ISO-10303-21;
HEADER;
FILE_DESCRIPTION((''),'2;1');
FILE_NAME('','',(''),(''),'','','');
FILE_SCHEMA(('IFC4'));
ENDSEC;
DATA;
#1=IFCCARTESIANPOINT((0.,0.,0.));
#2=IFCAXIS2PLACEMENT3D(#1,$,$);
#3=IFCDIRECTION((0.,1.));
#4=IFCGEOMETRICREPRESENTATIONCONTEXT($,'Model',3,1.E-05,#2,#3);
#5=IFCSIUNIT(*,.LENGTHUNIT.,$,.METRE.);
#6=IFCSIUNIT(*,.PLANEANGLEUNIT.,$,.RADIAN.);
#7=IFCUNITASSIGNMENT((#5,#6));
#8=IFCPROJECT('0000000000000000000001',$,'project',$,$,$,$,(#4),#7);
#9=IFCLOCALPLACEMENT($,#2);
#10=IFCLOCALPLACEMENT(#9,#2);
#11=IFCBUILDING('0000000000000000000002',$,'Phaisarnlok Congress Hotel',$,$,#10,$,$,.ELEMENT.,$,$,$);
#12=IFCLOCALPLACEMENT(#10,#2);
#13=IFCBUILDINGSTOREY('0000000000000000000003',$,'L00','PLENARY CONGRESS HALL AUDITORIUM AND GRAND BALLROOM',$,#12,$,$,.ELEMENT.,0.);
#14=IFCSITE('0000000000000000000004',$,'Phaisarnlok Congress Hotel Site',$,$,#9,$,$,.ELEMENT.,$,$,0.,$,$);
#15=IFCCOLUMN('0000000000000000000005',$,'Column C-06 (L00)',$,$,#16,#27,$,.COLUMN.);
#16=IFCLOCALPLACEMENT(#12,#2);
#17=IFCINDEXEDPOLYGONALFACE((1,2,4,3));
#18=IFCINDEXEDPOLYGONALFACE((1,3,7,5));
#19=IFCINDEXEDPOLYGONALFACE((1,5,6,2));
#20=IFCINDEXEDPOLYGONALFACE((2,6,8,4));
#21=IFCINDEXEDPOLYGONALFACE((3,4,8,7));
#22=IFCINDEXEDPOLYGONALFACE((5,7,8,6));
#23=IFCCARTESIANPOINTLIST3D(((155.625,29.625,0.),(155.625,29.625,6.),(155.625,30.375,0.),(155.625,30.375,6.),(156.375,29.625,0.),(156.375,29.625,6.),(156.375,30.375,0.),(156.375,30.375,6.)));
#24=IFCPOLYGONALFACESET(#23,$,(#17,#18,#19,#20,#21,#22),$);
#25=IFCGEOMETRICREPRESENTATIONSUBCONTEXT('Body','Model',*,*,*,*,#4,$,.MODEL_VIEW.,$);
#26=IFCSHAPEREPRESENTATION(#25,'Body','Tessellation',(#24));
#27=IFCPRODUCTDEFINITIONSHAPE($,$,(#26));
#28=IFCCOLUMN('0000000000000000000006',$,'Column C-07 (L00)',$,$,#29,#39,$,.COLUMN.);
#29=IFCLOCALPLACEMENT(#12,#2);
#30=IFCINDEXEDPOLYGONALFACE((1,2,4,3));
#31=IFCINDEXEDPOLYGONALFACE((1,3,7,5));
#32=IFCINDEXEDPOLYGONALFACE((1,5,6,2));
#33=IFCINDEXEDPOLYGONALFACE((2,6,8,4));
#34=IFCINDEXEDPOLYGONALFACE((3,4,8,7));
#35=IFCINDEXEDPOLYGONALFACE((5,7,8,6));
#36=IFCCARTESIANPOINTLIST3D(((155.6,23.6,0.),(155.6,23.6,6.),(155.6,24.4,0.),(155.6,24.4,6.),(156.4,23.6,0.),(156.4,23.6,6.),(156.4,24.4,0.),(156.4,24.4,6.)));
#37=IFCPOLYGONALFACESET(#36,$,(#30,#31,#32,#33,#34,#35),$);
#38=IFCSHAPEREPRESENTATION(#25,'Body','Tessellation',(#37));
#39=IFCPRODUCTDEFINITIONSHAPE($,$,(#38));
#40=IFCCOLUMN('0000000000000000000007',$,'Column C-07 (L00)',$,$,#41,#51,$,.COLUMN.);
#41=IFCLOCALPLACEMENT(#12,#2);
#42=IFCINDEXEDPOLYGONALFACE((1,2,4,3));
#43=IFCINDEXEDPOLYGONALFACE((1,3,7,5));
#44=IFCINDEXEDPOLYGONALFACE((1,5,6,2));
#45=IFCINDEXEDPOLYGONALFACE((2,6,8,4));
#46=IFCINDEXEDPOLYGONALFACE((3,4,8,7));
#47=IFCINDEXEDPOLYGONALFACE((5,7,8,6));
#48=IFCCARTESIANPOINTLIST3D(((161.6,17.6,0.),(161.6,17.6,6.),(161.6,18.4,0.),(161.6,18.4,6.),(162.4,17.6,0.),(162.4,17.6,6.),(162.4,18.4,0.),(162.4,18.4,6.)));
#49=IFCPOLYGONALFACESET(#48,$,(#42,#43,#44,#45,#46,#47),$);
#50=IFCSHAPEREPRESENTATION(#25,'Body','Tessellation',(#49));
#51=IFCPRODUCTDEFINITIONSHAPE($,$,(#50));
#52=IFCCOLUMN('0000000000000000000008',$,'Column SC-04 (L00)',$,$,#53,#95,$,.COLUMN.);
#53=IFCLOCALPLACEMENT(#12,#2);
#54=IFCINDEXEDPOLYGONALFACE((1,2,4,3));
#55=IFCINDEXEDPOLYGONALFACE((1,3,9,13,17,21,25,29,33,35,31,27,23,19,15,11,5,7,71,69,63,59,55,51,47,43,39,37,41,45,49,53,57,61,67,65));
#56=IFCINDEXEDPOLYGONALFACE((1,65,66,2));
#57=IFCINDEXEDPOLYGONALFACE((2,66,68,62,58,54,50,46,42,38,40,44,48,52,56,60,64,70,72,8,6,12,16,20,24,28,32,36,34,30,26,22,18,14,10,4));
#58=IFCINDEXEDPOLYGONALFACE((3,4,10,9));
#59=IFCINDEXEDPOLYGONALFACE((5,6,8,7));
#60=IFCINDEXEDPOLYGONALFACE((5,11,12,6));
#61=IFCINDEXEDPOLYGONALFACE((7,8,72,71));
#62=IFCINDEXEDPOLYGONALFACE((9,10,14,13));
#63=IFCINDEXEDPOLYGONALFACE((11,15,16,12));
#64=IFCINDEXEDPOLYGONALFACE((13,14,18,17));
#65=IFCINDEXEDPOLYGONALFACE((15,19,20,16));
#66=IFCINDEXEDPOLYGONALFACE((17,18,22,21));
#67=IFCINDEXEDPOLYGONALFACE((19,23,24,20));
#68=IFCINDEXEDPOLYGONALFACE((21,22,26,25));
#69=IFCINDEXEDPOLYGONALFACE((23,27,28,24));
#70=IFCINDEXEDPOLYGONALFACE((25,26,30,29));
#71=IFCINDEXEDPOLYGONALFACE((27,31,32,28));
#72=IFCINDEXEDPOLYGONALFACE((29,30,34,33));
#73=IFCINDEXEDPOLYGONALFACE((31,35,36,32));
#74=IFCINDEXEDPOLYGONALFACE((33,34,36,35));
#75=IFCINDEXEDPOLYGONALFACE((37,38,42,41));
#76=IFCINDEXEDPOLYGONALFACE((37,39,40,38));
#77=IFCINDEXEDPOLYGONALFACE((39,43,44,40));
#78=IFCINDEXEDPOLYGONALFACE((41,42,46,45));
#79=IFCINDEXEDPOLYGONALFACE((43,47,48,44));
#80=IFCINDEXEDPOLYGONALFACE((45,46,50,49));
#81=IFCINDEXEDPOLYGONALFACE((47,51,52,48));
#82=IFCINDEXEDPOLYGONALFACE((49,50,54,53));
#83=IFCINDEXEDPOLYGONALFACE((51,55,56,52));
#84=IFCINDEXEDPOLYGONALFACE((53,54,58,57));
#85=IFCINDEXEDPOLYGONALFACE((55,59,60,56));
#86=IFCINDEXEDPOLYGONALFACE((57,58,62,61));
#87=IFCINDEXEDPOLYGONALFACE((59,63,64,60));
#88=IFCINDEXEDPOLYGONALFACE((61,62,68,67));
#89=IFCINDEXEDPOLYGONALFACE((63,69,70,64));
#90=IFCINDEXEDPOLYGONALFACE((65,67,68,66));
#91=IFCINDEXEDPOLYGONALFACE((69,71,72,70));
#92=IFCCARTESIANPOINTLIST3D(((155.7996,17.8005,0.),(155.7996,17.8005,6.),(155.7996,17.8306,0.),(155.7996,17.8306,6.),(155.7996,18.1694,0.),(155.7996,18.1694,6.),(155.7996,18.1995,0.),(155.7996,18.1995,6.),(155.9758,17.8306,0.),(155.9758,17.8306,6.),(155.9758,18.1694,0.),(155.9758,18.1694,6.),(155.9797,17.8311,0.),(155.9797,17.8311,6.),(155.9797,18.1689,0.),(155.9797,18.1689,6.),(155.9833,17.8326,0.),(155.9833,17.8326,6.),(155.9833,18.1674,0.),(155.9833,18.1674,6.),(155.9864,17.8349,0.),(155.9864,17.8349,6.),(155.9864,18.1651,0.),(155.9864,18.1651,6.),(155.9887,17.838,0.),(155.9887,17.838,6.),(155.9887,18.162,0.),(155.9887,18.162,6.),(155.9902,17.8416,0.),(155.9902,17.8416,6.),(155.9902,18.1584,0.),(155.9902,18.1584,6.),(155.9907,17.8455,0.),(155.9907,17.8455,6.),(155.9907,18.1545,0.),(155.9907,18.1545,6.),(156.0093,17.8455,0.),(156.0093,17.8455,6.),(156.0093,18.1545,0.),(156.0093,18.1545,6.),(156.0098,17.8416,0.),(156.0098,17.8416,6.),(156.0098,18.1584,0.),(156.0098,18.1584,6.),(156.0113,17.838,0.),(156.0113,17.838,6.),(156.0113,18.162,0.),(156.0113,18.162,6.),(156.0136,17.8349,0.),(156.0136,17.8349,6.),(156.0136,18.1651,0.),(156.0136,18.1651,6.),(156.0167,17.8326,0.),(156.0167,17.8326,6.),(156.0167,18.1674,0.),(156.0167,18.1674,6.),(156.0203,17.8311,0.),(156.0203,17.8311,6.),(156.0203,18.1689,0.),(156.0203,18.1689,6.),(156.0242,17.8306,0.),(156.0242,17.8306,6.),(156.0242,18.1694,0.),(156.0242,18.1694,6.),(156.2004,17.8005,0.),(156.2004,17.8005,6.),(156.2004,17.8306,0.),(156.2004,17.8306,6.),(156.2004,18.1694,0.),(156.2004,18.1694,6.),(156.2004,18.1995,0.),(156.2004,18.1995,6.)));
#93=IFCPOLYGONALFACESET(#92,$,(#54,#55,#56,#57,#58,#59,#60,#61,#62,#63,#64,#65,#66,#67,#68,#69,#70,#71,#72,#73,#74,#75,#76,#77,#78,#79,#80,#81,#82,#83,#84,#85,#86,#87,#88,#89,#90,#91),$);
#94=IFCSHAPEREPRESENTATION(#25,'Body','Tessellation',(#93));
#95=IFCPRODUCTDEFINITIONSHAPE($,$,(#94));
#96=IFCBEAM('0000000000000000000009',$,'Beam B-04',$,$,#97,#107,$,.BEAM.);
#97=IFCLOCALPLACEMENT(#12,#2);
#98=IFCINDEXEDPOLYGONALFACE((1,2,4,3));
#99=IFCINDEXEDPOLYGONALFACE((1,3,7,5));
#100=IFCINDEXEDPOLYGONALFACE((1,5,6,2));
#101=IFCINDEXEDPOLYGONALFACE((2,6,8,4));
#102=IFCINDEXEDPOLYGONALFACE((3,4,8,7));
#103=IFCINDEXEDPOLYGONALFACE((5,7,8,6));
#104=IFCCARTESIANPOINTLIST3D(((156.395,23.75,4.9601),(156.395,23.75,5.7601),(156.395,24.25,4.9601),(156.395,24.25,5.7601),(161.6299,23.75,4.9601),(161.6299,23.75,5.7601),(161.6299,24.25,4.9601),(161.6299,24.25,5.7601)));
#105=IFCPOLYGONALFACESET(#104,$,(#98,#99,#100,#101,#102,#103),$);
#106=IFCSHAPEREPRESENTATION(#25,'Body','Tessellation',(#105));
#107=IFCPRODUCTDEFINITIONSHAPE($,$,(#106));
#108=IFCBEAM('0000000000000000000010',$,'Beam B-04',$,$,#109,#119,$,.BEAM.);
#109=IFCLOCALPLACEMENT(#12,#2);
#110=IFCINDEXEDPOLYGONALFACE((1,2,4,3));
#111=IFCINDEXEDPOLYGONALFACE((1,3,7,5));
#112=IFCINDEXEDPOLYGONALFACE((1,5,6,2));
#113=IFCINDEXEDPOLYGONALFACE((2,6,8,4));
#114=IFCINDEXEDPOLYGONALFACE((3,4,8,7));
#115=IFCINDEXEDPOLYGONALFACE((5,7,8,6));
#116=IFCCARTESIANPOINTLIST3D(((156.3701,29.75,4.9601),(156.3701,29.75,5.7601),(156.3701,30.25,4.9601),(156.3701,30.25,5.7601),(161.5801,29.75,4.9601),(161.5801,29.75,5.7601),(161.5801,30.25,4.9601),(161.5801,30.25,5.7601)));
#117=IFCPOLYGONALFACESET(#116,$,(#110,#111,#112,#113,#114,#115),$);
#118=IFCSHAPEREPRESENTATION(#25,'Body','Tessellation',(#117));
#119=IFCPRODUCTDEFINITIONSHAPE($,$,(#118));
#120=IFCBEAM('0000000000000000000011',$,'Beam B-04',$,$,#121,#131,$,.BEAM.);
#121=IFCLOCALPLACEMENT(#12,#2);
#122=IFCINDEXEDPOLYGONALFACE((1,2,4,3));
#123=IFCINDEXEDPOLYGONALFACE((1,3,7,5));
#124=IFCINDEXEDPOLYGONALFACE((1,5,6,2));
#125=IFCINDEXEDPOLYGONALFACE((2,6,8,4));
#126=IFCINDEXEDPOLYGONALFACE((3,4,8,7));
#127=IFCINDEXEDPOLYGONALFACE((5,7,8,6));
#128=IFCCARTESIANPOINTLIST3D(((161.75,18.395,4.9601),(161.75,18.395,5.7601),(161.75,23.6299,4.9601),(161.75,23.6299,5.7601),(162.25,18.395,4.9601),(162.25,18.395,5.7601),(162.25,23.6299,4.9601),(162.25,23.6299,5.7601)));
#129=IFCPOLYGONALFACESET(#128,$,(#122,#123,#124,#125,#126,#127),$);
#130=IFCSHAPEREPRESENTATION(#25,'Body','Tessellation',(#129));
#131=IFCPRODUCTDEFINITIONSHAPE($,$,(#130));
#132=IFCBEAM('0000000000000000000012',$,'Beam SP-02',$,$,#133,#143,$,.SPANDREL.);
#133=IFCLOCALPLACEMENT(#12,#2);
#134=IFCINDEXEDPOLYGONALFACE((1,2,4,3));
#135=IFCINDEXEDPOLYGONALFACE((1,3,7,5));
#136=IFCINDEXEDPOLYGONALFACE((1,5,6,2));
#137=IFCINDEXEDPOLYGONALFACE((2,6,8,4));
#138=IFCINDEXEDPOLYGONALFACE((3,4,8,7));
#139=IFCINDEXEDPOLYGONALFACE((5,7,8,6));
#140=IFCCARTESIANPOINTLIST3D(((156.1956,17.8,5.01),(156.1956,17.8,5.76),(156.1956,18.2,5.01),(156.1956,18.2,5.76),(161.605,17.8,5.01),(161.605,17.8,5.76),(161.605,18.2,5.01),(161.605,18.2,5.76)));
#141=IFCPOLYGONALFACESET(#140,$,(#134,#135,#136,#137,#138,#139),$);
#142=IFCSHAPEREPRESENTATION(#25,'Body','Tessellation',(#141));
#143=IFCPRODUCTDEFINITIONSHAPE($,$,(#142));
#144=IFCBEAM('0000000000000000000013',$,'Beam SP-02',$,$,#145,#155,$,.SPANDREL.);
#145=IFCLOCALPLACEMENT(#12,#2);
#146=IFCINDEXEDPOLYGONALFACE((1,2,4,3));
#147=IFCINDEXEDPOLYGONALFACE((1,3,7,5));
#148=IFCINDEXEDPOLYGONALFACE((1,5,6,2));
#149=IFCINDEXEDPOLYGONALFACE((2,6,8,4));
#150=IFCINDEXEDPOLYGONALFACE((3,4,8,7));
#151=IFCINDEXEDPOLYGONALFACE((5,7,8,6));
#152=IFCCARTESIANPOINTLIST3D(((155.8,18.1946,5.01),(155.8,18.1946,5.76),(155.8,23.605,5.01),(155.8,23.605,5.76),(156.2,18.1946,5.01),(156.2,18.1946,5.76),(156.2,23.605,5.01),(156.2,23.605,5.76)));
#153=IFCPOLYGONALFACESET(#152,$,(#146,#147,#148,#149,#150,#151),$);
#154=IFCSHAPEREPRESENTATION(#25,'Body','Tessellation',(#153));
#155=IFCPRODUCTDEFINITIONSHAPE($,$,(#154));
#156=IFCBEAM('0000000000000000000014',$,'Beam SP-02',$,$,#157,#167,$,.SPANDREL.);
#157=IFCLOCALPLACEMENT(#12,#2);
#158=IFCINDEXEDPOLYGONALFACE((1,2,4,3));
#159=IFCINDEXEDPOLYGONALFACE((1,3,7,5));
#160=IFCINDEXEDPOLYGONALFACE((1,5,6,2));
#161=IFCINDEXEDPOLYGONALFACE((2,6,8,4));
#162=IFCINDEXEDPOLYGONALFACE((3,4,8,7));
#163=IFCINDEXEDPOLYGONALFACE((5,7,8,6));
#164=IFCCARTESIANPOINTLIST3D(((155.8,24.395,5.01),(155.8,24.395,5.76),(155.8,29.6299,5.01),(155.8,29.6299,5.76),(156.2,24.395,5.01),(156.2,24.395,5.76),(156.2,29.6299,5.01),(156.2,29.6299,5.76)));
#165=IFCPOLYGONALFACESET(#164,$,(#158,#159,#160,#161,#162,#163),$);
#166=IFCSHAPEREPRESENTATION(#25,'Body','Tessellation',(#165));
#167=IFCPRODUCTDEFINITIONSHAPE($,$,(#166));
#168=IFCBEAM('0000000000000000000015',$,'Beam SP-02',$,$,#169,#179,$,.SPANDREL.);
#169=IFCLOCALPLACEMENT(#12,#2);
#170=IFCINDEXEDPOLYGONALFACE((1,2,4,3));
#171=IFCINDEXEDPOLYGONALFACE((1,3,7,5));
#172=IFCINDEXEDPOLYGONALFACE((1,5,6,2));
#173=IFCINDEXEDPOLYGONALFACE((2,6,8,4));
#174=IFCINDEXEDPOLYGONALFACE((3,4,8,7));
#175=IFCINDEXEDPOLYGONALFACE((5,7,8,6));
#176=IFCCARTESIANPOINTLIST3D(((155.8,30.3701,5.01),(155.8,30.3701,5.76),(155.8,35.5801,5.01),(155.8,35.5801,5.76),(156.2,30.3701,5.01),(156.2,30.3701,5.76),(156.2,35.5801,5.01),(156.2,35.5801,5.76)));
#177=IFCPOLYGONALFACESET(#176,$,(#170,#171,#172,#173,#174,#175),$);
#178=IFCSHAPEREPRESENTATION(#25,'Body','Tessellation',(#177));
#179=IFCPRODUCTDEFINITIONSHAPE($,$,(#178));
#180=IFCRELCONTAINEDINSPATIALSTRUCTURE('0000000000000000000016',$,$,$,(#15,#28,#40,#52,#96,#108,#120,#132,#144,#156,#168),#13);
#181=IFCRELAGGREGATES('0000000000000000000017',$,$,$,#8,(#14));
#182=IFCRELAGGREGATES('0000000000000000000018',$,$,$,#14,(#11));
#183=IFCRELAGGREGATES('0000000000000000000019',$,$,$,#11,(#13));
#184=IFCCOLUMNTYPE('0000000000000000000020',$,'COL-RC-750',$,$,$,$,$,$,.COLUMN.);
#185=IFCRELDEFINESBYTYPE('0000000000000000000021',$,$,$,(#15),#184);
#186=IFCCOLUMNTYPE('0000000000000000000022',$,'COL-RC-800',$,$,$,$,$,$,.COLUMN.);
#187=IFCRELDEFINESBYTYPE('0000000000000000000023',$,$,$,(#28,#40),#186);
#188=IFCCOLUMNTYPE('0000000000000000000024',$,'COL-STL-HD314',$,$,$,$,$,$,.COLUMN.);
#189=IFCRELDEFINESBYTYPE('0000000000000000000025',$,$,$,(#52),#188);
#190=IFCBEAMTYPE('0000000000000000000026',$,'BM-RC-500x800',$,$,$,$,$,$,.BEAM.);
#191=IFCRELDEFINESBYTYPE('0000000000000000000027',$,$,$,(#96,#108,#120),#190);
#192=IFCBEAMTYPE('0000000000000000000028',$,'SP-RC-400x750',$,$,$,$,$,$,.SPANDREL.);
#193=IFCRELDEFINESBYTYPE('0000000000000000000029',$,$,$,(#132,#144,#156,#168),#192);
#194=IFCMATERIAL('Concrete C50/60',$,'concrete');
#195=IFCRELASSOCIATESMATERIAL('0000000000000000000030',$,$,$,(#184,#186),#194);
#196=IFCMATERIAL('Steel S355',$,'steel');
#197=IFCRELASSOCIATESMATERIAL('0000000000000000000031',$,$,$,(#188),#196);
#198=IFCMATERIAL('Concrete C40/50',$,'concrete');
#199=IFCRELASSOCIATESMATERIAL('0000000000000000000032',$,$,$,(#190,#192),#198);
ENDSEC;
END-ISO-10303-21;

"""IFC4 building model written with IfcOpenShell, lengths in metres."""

from ifc_helpers import new_model, si_unit, direction, frame, origin, origin_2d, place, context, subcontext, project, spatial, rectangle, i_section, extrude, material, material_profile, profile_set, type_object, element, save


model = new_model("IFC4")

# Units and contexts
model_context = context("Model", 3, precision=1e-05, world=origin(), true_north=direction((0.0, 1.0)))
body_context = subcontext(model_context, "Body", "Model", "MODEL_VIEW")
ifc_project = project(units=[si_unit("LENGTHUNIT", "METRE"), si_unit("PLANEANGLEUNIT", "RADIAN")], contexts=[model_context])

# Site, building, storey
site_placement = place(None, origin())
site = spatial("IfcSite", under=ifc_project, at=site_placement, Name="Phaisarnlok Congress Hotel Site", CompositionType="ELEMENT", RefElevation=0.0)
building_placement = place(site_placement, origin())
building = spatial("IfcBuilding", under=site, at=building_placement, Name="Phaisarnlok Congress Hotel", CompositionType="ELEMENT")
storey_placement = place(building_placement, origin())
storey = spatial("IfcBuildingStorey", under=building, at=storey_placement, Name="L00", Description="PLENARY CONGRESS HALL AUDITORIUM AND GRAND BALLROOM", CompositionType="ELEMENT", Elevation=0.0)

# Columns
ifc_material_1 = material(Name="Concrete C50/60", Category="concrete")
ifc_material_profile_1 = material_profile(ifc_material_1, rectangle(XDim=0.75, YDim=0.75, at=origin_2d()), Name="RC 750x750")
ifc_profile_set_1 = profile_set([ifc_material_profile_1], Name="Concrete C50/60")
column_type_1 = type_object("IfcColumnType", Name="COL-RC-750", PredefinedType="COLUMN", material=ifc_profile_set_1)
column_1_placement = place(storey_placement, frame((156.0, 30.0, 0.0), z_axis=(0.0, 0.0, 1.0), x_axis=(1.0, 0.0, 0.0)))
element("IfcColumn", 1, at=column_1_placement, inside=storey, type_object=column_type_1, Name="Column C-06 (L00)", PredefinedType="COLUMN", context=body_context, shape_type="SweptSolid", body=[
    extrude(rectangle(XDim=0.75, YDim=0.75, at=origin_2d()), origin(), (0.0, 0.0, 1.0), 6.0),
])
ifc_material_profile_2 = material_profile(ifc_material_1, rectangle(XDim=0.8, YDim=0.8, at=origin_2d()), Name="RC 800x800")
ifc_profile_set_2 = profile_set([ifc_material_profile_2], Name="Concrete C50/60")
column_type_2 = type_object("IfcColumnType", Name="COL-RC-800", PredefinedType="COLUMN", material=ifc_profile_set_2)
for number, where, z_axis, x_axis, name in (
    (2, (156.0, 24.0, 0.0), (0.0, 0.0, 1.0), (1.0, 0.0, 0.0), "Column C-07 (L00)"),
    (3, (162.0, 18.0, 0.0), (0.0, 0.0, 1.0), (1.0, 0.0, 0.0), "Column C-07 (L00)"),
):
    element("IfcColumn", number, at=place(storey_placement, frame(where, z_axis=z_axis, x_axis=x_axis)), inside=storey, type_object=column_type_2, Name=name, PredefinedType="COLUMN", context=body_context, shape_type="SweptSolid", body=[
        extrude(rectangle(XDim=0.8, YDim=0.8, at=origin_2d()), origin(), (0.0, 0.0, 1.0), 6.0),
    ])
ifc_material_2 = material(Name="Steel S355", Category="steel")
ifc_material_profile_3 = material_profile(ifc_material_2, i_section(OverallWidth=0.4009, OverallDepth=0.3989, WebThickness=0.0186, FlangeThickness=0.03, FilletRadius=0.0149, at=origin_2d()), Name="HD 400x314")
ifc_profile_set_3 = profile_set([ifc_material_profile_3], Name="Steel S355")
column_type_3 = type_object("IfcColumnType", Name="COL-STL-HD314", PredefinedType="COLUMN", material=ifc_profile_set_3)
column_2_placement = place(storey_placement, frame((156.0, 18.0, 0.0), z_axis=(0.0, 0.0, 1.0), x_axis=(1.0, 0.0, 0.0)))
element("IfcColumn", 4, at=column_2_placement, inside=storey, type_object=column_type_3, Name="Column SC-04 (L00)", PredefinedType="COLUMN", context=body_context, shape_type="SweptSolid", body=[
    extrude(i_section(OverallWidth=0.4009, OverallDepth=0.3989, WebThickness=0.0186, FlangeThickness=0.03, FilletRadius=0.0149, at=origin_2d()), origin(), (0.0, 0.0, 1.0), 6.0),
])

# Beams
ifc_material_3 = material(Name="Concrete C40/50", Category="concrete")
ifc_material_profile_4 = material_profile(ifc_material_3, rectangle(XDim=0.5, YDim=0.8, at=origin_2d()), Name="RC 500x800")
ifc_profile_set_4 = profile_set([ifc_material_profile_4], Name="Concrete C40/50")
beam_type_1 = type_object("IfcBeamType", Name="BM-RC-500x800", PredefinedType="BEAM", material=ifc_profile_set_4)
beam_1_placement = place(storey_placement, frame((156.395, 24.0, 5.3601), z_axis=(1.0, 0.0, 0.0), x_axis=(0.0, 1.0, 0.0)))
element("IfcBeam", 5, at=beam_1_placement, inside=storey, type_object=beam_type_1, Name="Beam B-04", PredefinedType="BEAM", context=body_context, shape_type="SweptSolid", body=[
    extrude(rectangle(XDim=0.5, YDim=0.8, at=origin_2d()), origin(), (0.0, 0.0, 1.0), 5.2349),
])
beam_2_placement = place(storey_placement, frame((156.3701, 30.0, 5.3601), z_axis=(1.0, 0.0, 0.0), x_axis=(0.0, 1.0, 0.0)))
element("IfcBeam", 6, at=beam_2_placement, inside=storey, type_object=beam_type_1, Name="Beam B-04", PredefinedType="BEAM", context=body_context, shape_type="SweptSolid", body=[
    extrude(rectangle(XDim=0.5, YDim=0.8, at=origin_2d()), origin(), (0.0, 0.0, 1.0), 5.21),
])
beam_3_placement = place(storey_placement, frame((162.0, 18.395, 5.3601), z_axis=(0.0, 1.0, 0.0), x_axis=(-1.0, 0.0, 0.0)))
element("IfcBeam", 7, at=beam_3_placement, inside=storey, type_object=beam_type_1, Name="Beam B-04", PredefinedType="BEAM", context=body_context, shape_type="SweptSolid", body=[
    extrude(rectangle(XDim=0.5, YDim=0.8, at=origin_2d()), origin(), (0.0, 0.0, 1.0), 5.2349),
])
ifc_material_profile_5 = material_profile(ifc_material_3, rectangle(XDim=0.3999, YDim=0.75, at=origin_2d()), Name="RC 400x750")
ifc_profile_set_5 = profile_set([ifc_material_profile_5], Name="Concrete C40/50")
beam_type_2 = type_object("IfcBeamType", Name="SP-RC-400x750", PredefinedType="SPANDREL", material=ifc_profile_set_5)
beam_4_placement = place(storey_placement, frame((156.1956, 18.0, 5.385), z_axis=(1.0, 0.0, 0.0), x_axis=(0.0, 1.0, 0.0)))
element("IfcBeam", 8, at=beam_4_placement, inside=storey, type_object=beam_type_2, Name="Beam SP-02", PredefinedType="SPANDREL", context=body_context, shape_type="SweptSolid", body=[
    extrude(rectangle(XDim=0.3999, YDim=0.75, at=origin_2d()), origin(), (0.0, 0.0, 1.0), 5.4094),
])
beam_5_placement = place(storey_placement, frame((156.0, 18.1946, 5.385), z_axis=(0.0, 1.0, 0.0), x_axis=(-1.0, 0.0, 0.0)))
element("IfcBeam", 9, at=beam_5_placement, inside=storey, type_object=beam_type_2, Name="Beam SP-02", PredefinedType="SPANDREL", context=body_context, shape_type="SweptSolid", body=[
    extrude(rectangle(XDim=0.3999, YDim=0.75, at=origin_2d()), origin(), (0.0, 0.0, 1.0), 5.4104),
])
beam_6_placement = place(storey_placement, frame((156.0, 24.395, 5.385), z_axis=(0.0, 1.0, 0.0), x_axis=(-1.0, 0.0, 0.0)))
element("IfcBeam", 10, at=beam_6_placement, inside=storey, type_object=beam_type_2, Name="Beam SP-02", PredefinedType="SPANDREL", context=body_context, shape_type="SweptSolid", body=[
    extrude(rectangle(XDim=0.3999, YDim=0.75, at=origin_2d()), origin(), (0.0, 0.0, 1.0), 5.2349),
])
beam_7_placement = place(storey_placement, frame((156.0, 30.3701, 5.385), z_axis=(0.0, 1.0, 0.0), x_axis=(-1.0, 0.0, 0.0)))
element("IfcBeam", 11, at=beam_7_placement, inside=storey, type_object=beam_type_2, Name="Beam SP-02", PredefinedType="SPANDREL", context=body_context, shape_type="SweptSolid", body=[
    extrude(rectangle(XDim=0.3999, YDim=0.75, at=origin_2d()), origin(), (0.0, 0.0, 1.0), 5.21),
])

save(model, "model.ifc")
